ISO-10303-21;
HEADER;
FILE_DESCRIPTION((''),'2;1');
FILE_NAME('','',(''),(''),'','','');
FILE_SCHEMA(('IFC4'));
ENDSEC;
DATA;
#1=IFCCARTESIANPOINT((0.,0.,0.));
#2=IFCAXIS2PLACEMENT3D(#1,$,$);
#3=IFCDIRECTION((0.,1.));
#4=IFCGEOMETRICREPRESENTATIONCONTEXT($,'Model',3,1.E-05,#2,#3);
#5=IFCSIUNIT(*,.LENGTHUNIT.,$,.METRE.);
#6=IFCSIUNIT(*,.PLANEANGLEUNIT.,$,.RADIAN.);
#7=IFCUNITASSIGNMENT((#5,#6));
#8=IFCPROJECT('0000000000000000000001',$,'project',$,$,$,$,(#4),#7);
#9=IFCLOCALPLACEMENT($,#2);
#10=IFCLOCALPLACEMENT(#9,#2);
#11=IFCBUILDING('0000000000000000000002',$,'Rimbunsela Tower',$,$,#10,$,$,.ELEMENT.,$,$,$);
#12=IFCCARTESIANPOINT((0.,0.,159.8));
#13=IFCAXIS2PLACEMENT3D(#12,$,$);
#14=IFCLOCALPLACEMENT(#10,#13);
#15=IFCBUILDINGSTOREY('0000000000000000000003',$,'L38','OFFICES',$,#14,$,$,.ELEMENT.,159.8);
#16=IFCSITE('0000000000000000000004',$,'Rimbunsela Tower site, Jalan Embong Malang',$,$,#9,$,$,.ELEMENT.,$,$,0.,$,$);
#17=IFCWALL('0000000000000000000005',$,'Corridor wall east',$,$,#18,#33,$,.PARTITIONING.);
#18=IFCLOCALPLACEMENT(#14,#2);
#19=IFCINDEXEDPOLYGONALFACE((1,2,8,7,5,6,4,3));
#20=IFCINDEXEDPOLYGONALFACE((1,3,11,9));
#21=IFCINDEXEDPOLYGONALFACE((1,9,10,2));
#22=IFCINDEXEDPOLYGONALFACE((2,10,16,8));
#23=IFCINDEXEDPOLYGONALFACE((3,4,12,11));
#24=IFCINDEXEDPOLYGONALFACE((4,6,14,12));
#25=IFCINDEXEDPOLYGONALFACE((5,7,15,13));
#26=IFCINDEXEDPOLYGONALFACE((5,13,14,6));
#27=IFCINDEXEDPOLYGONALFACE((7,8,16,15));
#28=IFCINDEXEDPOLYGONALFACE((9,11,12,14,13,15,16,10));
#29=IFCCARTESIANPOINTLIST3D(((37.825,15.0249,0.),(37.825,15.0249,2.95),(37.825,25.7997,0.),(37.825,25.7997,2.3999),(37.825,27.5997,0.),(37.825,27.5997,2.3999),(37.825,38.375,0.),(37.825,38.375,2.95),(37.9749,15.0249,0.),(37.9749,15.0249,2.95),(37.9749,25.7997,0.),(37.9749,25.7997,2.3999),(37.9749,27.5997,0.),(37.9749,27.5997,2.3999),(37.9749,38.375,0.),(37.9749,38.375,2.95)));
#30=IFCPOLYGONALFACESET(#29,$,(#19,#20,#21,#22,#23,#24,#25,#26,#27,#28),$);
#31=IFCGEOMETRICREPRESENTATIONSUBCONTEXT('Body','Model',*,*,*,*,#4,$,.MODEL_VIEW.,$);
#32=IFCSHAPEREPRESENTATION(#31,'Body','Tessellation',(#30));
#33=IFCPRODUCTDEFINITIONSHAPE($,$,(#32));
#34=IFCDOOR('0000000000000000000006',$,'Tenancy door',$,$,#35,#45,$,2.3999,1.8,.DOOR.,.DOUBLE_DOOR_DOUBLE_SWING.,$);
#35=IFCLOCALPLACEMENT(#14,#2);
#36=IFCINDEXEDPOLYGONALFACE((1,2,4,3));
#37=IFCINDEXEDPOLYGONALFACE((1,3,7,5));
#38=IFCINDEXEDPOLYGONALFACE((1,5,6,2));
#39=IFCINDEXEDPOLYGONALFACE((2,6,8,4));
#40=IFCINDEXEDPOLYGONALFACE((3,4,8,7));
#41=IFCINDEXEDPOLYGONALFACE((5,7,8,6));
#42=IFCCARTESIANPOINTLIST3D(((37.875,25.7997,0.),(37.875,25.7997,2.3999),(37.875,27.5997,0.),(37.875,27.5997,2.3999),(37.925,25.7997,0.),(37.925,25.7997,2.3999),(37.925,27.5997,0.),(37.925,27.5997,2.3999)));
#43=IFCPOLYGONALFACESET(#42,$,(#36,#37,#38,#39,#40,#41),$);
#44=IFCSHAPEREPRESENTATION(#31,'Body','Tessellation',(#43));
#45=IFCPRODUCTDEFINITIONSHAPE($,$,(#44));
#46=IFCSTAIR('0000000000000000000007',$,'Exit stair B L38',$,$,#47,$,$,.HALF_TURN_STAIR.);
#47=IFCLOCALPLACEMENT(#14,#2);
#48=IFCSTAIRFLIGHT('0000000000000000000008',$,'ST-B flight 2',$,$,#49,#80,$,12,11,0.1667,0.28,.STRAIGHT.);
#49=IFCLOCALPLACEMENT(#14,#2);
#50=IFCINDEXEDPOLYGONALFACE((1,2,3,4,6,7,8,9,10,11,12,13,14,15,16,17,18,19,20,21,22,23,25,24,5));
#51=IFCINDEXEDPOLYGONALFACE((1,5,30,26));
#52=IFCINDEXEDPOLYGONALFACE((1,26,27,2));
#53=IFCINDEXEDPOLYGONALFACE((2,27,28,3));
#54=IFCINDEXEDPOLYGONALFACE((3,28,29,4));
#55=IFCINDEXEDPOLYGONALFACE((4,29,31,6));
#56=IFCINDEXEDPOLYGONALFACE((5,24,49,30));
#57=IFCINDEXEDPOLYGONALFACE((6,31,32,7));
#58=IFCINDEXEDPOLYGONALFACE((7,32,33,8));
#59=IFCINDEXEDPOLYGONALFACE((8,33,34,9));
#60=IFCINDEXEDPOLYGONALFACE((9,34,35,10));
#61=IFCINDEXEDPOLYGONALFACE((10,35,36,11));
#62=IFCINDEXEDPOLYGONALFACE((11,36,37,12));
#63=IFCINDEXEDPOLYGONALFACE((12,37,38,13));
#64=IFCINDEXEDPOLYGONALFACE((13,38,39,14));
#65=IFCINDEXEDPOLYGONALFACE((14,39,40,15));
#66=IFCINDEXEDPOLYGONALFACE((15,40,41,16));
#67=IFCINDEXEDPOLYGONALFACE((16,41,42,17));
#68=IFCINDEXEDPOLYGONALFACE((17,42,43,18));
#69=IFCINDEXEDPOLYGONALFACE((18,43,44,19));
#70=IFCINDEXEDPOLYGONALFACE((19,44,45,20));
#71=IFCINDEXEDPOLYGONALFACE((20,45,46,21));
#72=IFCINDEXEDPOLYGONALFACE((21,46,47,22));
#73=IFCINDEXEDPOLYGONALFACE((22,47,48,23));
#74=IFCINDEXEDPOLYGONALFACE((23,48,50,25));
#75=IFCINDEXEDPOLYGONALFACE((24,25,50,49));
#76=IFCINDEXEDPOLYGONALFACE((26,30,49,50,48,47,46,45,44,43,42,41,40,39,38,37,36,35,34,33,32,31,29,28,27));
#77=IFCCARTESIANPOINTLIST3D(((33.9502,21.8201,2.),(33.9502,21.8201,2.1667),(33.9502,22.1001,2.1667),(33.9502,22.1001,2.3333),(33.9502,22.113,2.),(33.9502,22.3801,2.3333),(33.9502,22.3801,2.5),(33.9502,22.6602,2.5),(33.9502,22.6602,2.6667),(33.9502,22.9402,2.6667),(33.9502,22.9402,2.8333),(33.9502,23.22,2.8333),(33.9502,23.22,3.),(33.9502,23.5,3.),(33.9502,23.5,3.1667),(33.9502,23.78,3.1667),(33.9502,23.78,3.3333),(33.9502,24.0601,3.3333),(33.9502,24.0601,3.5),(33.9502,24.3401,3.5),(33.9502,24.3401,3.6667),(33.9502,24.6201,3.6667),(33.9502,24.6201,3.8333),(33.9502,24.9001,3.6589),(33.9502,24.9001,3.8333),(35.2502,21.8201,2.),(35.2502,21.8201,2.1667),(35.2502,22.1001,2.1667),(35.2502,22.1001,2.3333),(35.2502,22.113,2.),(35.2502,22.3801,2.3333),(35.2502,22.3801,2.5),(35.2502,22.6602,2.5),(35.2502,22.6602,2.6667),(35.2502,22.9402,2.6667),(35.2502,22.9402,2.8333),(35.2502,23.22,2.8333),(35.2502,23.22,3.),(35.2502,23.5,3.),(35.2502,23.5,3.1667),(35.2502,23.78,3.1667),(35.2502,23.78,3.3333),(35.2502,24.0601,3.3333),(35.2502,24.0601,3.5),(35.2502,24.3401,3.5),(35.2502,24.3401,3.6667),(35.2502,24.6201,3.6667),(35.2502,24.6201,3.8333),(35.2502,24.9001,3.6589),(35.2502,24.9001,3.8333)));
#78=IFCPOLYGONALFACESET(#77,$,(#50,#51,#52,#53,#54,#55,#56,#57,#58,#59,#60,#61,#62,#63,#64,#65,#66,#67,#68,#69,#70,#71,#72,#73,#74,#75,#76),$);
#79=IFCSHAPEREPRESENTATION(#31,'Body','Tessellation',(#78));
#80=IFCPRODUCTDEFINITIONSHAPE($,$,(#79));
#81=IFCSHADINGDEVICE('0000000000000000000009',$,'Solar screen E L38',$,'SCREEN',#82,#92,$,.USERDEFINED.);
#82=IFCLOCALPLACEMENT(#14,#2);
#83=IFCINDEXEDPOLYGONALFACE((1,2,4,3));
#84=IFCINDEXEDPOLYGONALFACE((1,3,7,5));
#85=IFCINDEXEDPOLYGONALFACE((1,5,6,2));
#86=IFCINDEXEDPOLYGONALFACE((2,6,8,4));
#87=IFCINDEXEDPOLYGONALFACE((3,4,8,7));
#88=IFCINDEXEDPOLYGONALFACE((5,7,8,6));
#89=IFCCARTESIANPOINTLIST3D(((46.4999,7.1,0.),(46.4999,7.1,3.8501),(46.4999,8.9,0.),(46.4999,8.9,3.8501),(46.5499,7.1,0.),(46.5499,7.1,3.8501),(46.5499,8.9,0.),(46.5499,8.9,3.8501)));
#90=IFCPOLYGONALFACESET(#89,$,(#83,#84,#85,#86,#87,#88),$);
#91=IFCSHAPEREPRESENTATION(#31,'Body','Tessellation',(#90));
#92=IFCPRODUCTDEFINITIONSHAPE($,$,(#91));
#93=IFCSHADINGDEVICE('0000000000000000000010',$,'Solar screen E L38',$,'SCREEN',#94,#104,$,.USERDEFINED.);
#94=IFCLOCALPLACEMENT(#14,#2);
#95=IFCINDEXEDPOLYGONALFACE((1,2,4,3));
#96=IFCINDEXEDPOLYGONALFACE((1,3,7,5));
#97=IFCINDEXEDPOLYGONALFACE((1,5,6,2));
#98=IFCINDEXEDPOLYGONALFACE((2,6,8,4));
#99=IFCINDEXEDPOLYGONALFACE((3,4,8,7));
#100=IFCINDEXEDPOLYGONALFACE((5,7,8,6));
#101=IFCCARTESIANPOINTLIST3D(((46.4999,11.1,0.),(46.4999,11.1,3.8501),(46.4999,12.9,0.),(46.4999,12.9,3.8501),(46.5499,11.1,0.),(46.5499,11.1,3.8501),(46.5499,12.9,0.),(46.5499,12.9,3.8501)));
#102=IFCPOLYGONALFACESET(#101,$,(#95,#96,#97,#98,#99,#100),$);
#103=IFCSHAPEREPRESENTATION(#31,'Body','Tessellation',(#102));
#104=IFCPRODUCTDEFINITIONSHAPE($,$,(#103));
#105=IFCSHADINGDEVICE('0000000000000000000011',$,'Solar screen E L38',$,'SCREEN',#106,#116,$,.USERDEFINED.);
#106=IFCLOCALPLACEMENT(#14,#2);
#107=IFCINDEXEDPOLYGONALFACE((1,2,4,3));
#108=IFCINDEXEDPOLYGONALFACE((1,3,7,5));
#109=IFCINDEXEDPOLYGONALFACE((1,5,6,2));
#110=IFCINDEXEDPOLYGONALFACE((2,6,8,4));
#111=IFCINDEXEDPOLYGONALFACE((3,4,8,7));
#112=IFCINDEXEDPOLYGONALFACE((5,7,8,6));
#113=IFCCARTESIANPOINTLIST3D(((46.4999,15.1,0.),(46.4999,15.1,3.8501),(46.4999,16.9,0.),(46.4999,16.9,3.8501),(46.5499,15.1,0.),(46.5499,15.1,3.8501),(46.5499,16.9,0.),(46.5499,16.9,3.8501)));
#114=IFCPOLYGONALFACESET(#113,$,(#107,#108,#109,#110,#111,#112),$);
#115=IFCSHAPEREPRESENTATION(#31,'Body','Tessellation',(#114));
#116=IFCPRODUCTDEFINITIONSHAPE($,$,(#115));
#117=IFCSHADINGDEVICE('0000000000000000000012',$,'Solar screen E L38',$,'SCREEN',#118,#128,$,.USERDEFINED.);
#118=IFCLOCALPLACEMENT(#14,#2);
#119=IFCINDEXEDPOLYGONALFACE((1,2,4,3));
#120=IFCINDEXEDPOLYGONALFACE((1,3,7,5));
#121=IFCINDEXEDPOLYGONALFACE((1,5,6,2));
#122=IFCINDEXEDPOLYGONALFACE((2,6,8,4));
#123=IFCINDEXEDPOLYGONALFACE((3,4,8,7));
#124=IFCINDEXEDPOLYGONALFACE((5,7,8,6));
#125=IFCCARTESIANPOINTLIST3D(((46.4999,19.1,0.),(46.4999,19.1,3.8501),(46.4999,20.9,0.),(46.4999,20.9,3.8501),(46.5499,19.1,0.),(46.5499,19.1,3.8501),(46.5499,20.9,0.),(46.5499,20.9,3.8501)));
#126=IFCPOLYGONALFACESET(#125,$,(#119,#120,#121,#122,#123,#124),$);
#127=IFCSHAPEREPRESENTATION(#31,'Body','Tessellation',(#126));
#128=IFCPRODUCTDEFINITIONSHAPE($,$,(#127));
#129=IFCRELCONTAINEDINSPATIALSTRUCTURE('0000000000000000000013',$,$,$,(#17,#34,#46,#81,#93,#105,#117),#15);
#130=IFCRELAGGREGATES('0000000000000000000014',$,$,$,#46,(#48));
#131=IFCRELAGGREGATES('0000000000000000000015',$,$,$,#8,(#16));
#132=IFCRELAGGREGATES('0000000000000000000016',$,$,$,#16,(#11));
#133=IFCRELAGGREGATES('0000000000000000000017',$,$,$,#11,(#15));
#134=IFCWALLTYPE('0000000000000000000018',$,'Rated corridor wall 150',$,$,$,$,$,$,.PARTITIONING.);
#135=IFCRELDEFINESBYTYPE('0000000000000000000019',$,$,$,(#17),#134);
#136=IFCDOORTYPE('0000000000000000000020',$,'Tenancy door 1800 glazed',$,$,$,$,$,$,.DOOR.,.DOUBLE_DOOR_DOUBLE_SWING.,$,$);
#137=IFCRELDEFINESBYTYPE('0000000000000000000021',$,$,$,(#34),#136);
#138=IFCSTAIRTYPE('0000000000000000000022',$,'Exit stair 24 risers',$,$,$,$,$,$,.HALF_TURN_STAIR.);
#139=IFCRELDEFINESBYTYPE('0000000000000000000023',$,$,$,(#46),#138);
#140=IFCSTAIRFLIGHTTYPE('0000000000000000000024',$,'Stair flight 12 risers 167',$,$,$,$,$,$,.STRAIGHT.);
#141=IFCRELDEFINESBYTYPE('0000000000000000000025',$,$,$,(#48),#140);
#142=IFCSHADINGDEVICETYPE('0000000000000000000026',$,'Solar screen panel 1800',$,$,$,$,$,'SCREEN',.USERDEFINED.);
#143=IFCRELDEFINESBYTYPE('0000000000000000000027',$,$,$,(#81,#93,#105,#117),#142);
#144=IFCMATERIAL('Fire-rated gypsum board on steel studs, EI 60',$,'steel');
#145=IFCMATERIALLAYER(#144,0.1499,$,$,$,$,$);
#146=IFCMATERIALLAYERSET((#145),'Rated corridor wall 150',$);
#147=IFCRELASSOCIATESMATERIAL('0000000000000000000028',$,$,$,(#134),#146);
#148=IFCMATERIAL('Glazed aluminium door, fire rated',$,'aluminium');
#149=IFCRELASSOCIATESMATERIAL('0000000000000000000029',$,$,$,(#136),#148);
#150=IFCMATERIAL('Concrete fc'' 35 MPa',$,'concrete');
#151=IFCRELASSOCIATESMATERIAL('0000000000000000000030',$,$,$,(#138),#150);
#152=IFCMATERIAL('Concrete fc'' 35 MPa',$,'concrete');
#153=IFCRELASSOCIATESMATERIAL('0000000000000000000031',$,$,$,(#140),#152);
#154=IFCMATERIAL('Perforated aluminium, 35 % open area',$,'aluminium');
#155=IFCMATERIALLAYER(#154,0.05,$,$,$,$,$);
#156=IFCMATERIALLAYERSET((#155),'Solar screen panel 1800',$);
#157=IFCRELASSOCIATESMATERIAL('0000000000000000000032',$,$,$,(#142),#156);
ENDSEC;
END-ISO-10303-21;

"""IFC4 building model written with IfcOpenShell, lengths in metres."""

from ifc_helpers import new_model, si_unit, direction, frame, frame_2d, origin, origin_2d, place, context, subcontext, project, spatial, polyline, rectangle, outline, extrude, material, layer, layer_set, type_object, element, fill, aggregate, save


model = new_model("IFC4")

# Units and contexts
model_context = context("Model", 3, precision=1e-05, world=origin(), true_north=direction((0.0, 1.0)))
body_context = subcontext(model_context, "Body", "Model", "MODEL_VIEW")
ifc_project = project(units=[si_unit("LENGTHUNIT", "METRE"), si_unit("PLANEANGLEUNIT", "RADIAN")], contexts=[model_context])

# Site, building, storey
site_placement = place(None, origin())
site = spatial("IfcSite", under=ifc_project, at=site_placement, Name="Rimbunsela Tower site, Jalan Embong Malang", CompositionType="ELEMENT", RefElevation=0.0)
building_placement = place(site_placement, origin())
building = spatial("IfcBuilding", under=site, at=building_placement, Name="Rimbunsela Tower", CompositionType="ELEMENT")
storey_placement = place(building_placement, frame((0.0, 0.0, 159.8)))
storey = spatial("IfcBuildingStorey", under=building, at=storey_placement, Name="L38", Description="OFFICES", CompositionType="ELEMENT", Elevation=159.8)

# Wall, opening, door
ifc_material_1 = material(Name="Fire-rated gypsum board on steel studs, EI 60", Category="steel")
ifc_layer_1 = layer(ifc_material_1, 0.1499)
ifc_layer_set_1 = layer_set([ifc_layer_1], Name="Rated corridor wall 150")
wall_type_1 = type_object("IfcWallType", Name="Rated corridor wall 150", PredefinedType="PARTITIONING", material=ifc_layer_set_1)
wall_1_placement = place(storey_placement, frame((37.8999, 15.0249, 0.0), z_axis=(0.0, 0.0, 1.0), x_axis=(0.0, 1.0, 0.0)))
wall_1 = element("IfcWall", 1, at=wall_1_placement, inside=storey, type_object=wall_type_1, Name="Corridor wall east", PredefinedType="PARTITIONING", context=body_context, shape_type="SweptSolid", body=[
    extrude(rectangle(XDim=23.3501, YDim=0.1499, at=frame_2d((11.675, 0.0))), origin(), (0.0, 0.0, 1.0), 2.95),
])
opening_1_placement = place(wall_1_placement, frame((10.7749, 0.0, 0.0)))
opening_1 = element("IfcOpeningElement", 2, at=opening_1_placement, cuts=wall_1, PredefinedType="OPENING", context=body_context, shape_type="SweptSolid", body=[
    extrude(rectangle(XDim=1.8, YDim=2.3999, at=frame_2d((0.8999, 1.2))), frame((0.0, 0.085, 0.0), z_axis=(0.0, -1.0, 0.0), x_axis=(1.0, 0.0, 0.0)), (0.0, 0.0, 1.0), 0.1699),
])
ifc_material_2 = material(Name="Glazed aluminium door, fire rated", Category="aluminium")
door_type_1 = type_object("IfcDoorType", Name="Tenancy door 1800 glazed", OperationType="DOUBLE_DOOR_DOUBLE_SWING", PredefinedType="DOOR", material=ifc_material_2)
door_1_placement = place(opening_1_placement, origin())
door_1 = element("IfcDoor", 3, at=door_1_placement, inside=storey, type_object=door_type_1, Name="Tenancy door", OperationType="DOUBLE_DOOR_DOUBLE_SWING", OverallHeight=2.3999, OverallWidth=1.8, PredefinedType="DOOR", context=body_context, shape_type="SweptSolid", body=[
    extrude(rectangle(XDim=1.8, YDim=2.3999, at=frame_2d((0.8999, 1.2))), frame((0.0, 0.0249, 0.0), z_axis=(0.0, -1.0, 0.0), x_axis=(1.0, 0.0, 0.0)), (0.0, 0.0, 1.0), 0.05),
])
fill(opening_1, door_1)

# Stair, stair flight
ifc_material_3 = material(Name="Concrete fc' 35 MPa", Category="concrete")
stair_type = type_object("IfcStairType", Name="Exit stair 24 risers", PredefinedType="HALF_TURN_STAIR", material=ifc_material_3)
stair_placement = place(storey_placement, origin())
stair = element("IfcStair", 4, at=stair_placement, inside=storey, type_object=stair_type, Name="Exit stair B L38", PredefinedType="HALF_TURN_STAIR")
ifc_material_4 = material(Name="Concrete fc' 35 MPa", Category="concrete")
stair_flight_type = type_object("IfcStairFlightType", Name="Stair flight 12 risers 167", PredefinedType="STRAIGHT", material=ifc_material_4)
stair_flight_placement = place(storey_placement, frame((34.6001, 21.8201, 2.0), z_axis=(0.0, 0.0, 1.0), x_axis=(0.0, 1.0, 0.0)))
stair_flight = element("IfcStairFlight", 5, at=stair_flight_placement, type_object=stair_flight_type, Name="ST-B flight 2", NumberOfRisers=12, NumberOfTreads=11, PredefinedType="STRAIGHT", RiserHeight=0.1667, TreadLength=0.28, context=body_context, shape_type="SweptSolid", body=[
    extrude(outline(polyline([(0.0, 0.0), (0.0, 0.1667), (0.28, 0.1667), (0.28, 0.3333), (0.5601, 0.3333), (0.5601, 0.5), (0.8401, 0.5), (0.8401, 0.6667), (1.1201, 0.6667), (1.1201, 0.8333), (1.3999, 0.8333), (1.3999, 1.0), (1.6799, 1.0), (1.6799, 1.1667), (1.96, 1.1667), (1.96, 1.3333), (2.24, 1.3333), (2.24, 1.5), (2.52, 1.5), (2.52, 1.6667), (2.8, 1.6667), (2.8, 1.8333), (3.0801, 1.8333), (3.0801, 2.0), (3.0801, 1.6589), (0.293, 0.0), (0.0, 0.0)])), frame((0.0, 0.6499, 0.0), z_axis=(0.0, -1.0, 0.0), x_axis=(1.0, 0.0, 0.0)), (0.0, 0.0, 1.0), 1.3),
])
aggregate(stair, [stair_flight])

# Shading devices
ifc_material_5 = material(Name="Perforated aluminium, 35 % open area", Category="aluminium")
ifc_layer_2 = layer(ifc_material_5, 0.05)
ifc_layer_set_2 = layer_set([ifc_layer_2], Name="Solar screen panel 1800")
shading_device_type = type_object("IfcShadingDeviceType", Name="Solar screen panel 1800", ElementType="SCREEN", PredefinedType="USERDEFINED", material=ifc_layer_set_2)
for number, where, z_axis, x_axis, name in (
    (6, (46.5249, 8.0, 0.0), (0.0, 0.0, 1.0), (0.0, 1.0, 0.0), "Solar screen E L38"),
    (7, (46.5249, 12.0, 0.0), (0.0, 0.0, 1.0), (0.0, 1.0, 0.0), "Solar screen E L38"),
    (8, (46.5249, 16.0, 0.0), (0.0, 0.0, 1.0), (0.0, 1.0, 0.0), "Solar screen E L38"),
    (9, (46.5249, 20.0, 0.0), (0.0, 0.0, 1.0), (0.0, 1.0, 0.0), "Solar screen E L38"),
):
    element("IfcShadingDevice", number, at=place(storey_placement, frame(where, z_axis=z_axis, x_axis=x_axis)), inside=storey, type_object=shading_device_type, Name=name, ObjectType="SCREEN", PredefinedType="USERDEFINED", context=body_context, shape_type="SweptSolid", body=[
        extrude(rectangle(XDim=1.8, YDim=0.05, at=origin_2d()), origin(), (0.0, 0.0, 1.0), 3.8501),
    ])

save(model, "model.ifc")
